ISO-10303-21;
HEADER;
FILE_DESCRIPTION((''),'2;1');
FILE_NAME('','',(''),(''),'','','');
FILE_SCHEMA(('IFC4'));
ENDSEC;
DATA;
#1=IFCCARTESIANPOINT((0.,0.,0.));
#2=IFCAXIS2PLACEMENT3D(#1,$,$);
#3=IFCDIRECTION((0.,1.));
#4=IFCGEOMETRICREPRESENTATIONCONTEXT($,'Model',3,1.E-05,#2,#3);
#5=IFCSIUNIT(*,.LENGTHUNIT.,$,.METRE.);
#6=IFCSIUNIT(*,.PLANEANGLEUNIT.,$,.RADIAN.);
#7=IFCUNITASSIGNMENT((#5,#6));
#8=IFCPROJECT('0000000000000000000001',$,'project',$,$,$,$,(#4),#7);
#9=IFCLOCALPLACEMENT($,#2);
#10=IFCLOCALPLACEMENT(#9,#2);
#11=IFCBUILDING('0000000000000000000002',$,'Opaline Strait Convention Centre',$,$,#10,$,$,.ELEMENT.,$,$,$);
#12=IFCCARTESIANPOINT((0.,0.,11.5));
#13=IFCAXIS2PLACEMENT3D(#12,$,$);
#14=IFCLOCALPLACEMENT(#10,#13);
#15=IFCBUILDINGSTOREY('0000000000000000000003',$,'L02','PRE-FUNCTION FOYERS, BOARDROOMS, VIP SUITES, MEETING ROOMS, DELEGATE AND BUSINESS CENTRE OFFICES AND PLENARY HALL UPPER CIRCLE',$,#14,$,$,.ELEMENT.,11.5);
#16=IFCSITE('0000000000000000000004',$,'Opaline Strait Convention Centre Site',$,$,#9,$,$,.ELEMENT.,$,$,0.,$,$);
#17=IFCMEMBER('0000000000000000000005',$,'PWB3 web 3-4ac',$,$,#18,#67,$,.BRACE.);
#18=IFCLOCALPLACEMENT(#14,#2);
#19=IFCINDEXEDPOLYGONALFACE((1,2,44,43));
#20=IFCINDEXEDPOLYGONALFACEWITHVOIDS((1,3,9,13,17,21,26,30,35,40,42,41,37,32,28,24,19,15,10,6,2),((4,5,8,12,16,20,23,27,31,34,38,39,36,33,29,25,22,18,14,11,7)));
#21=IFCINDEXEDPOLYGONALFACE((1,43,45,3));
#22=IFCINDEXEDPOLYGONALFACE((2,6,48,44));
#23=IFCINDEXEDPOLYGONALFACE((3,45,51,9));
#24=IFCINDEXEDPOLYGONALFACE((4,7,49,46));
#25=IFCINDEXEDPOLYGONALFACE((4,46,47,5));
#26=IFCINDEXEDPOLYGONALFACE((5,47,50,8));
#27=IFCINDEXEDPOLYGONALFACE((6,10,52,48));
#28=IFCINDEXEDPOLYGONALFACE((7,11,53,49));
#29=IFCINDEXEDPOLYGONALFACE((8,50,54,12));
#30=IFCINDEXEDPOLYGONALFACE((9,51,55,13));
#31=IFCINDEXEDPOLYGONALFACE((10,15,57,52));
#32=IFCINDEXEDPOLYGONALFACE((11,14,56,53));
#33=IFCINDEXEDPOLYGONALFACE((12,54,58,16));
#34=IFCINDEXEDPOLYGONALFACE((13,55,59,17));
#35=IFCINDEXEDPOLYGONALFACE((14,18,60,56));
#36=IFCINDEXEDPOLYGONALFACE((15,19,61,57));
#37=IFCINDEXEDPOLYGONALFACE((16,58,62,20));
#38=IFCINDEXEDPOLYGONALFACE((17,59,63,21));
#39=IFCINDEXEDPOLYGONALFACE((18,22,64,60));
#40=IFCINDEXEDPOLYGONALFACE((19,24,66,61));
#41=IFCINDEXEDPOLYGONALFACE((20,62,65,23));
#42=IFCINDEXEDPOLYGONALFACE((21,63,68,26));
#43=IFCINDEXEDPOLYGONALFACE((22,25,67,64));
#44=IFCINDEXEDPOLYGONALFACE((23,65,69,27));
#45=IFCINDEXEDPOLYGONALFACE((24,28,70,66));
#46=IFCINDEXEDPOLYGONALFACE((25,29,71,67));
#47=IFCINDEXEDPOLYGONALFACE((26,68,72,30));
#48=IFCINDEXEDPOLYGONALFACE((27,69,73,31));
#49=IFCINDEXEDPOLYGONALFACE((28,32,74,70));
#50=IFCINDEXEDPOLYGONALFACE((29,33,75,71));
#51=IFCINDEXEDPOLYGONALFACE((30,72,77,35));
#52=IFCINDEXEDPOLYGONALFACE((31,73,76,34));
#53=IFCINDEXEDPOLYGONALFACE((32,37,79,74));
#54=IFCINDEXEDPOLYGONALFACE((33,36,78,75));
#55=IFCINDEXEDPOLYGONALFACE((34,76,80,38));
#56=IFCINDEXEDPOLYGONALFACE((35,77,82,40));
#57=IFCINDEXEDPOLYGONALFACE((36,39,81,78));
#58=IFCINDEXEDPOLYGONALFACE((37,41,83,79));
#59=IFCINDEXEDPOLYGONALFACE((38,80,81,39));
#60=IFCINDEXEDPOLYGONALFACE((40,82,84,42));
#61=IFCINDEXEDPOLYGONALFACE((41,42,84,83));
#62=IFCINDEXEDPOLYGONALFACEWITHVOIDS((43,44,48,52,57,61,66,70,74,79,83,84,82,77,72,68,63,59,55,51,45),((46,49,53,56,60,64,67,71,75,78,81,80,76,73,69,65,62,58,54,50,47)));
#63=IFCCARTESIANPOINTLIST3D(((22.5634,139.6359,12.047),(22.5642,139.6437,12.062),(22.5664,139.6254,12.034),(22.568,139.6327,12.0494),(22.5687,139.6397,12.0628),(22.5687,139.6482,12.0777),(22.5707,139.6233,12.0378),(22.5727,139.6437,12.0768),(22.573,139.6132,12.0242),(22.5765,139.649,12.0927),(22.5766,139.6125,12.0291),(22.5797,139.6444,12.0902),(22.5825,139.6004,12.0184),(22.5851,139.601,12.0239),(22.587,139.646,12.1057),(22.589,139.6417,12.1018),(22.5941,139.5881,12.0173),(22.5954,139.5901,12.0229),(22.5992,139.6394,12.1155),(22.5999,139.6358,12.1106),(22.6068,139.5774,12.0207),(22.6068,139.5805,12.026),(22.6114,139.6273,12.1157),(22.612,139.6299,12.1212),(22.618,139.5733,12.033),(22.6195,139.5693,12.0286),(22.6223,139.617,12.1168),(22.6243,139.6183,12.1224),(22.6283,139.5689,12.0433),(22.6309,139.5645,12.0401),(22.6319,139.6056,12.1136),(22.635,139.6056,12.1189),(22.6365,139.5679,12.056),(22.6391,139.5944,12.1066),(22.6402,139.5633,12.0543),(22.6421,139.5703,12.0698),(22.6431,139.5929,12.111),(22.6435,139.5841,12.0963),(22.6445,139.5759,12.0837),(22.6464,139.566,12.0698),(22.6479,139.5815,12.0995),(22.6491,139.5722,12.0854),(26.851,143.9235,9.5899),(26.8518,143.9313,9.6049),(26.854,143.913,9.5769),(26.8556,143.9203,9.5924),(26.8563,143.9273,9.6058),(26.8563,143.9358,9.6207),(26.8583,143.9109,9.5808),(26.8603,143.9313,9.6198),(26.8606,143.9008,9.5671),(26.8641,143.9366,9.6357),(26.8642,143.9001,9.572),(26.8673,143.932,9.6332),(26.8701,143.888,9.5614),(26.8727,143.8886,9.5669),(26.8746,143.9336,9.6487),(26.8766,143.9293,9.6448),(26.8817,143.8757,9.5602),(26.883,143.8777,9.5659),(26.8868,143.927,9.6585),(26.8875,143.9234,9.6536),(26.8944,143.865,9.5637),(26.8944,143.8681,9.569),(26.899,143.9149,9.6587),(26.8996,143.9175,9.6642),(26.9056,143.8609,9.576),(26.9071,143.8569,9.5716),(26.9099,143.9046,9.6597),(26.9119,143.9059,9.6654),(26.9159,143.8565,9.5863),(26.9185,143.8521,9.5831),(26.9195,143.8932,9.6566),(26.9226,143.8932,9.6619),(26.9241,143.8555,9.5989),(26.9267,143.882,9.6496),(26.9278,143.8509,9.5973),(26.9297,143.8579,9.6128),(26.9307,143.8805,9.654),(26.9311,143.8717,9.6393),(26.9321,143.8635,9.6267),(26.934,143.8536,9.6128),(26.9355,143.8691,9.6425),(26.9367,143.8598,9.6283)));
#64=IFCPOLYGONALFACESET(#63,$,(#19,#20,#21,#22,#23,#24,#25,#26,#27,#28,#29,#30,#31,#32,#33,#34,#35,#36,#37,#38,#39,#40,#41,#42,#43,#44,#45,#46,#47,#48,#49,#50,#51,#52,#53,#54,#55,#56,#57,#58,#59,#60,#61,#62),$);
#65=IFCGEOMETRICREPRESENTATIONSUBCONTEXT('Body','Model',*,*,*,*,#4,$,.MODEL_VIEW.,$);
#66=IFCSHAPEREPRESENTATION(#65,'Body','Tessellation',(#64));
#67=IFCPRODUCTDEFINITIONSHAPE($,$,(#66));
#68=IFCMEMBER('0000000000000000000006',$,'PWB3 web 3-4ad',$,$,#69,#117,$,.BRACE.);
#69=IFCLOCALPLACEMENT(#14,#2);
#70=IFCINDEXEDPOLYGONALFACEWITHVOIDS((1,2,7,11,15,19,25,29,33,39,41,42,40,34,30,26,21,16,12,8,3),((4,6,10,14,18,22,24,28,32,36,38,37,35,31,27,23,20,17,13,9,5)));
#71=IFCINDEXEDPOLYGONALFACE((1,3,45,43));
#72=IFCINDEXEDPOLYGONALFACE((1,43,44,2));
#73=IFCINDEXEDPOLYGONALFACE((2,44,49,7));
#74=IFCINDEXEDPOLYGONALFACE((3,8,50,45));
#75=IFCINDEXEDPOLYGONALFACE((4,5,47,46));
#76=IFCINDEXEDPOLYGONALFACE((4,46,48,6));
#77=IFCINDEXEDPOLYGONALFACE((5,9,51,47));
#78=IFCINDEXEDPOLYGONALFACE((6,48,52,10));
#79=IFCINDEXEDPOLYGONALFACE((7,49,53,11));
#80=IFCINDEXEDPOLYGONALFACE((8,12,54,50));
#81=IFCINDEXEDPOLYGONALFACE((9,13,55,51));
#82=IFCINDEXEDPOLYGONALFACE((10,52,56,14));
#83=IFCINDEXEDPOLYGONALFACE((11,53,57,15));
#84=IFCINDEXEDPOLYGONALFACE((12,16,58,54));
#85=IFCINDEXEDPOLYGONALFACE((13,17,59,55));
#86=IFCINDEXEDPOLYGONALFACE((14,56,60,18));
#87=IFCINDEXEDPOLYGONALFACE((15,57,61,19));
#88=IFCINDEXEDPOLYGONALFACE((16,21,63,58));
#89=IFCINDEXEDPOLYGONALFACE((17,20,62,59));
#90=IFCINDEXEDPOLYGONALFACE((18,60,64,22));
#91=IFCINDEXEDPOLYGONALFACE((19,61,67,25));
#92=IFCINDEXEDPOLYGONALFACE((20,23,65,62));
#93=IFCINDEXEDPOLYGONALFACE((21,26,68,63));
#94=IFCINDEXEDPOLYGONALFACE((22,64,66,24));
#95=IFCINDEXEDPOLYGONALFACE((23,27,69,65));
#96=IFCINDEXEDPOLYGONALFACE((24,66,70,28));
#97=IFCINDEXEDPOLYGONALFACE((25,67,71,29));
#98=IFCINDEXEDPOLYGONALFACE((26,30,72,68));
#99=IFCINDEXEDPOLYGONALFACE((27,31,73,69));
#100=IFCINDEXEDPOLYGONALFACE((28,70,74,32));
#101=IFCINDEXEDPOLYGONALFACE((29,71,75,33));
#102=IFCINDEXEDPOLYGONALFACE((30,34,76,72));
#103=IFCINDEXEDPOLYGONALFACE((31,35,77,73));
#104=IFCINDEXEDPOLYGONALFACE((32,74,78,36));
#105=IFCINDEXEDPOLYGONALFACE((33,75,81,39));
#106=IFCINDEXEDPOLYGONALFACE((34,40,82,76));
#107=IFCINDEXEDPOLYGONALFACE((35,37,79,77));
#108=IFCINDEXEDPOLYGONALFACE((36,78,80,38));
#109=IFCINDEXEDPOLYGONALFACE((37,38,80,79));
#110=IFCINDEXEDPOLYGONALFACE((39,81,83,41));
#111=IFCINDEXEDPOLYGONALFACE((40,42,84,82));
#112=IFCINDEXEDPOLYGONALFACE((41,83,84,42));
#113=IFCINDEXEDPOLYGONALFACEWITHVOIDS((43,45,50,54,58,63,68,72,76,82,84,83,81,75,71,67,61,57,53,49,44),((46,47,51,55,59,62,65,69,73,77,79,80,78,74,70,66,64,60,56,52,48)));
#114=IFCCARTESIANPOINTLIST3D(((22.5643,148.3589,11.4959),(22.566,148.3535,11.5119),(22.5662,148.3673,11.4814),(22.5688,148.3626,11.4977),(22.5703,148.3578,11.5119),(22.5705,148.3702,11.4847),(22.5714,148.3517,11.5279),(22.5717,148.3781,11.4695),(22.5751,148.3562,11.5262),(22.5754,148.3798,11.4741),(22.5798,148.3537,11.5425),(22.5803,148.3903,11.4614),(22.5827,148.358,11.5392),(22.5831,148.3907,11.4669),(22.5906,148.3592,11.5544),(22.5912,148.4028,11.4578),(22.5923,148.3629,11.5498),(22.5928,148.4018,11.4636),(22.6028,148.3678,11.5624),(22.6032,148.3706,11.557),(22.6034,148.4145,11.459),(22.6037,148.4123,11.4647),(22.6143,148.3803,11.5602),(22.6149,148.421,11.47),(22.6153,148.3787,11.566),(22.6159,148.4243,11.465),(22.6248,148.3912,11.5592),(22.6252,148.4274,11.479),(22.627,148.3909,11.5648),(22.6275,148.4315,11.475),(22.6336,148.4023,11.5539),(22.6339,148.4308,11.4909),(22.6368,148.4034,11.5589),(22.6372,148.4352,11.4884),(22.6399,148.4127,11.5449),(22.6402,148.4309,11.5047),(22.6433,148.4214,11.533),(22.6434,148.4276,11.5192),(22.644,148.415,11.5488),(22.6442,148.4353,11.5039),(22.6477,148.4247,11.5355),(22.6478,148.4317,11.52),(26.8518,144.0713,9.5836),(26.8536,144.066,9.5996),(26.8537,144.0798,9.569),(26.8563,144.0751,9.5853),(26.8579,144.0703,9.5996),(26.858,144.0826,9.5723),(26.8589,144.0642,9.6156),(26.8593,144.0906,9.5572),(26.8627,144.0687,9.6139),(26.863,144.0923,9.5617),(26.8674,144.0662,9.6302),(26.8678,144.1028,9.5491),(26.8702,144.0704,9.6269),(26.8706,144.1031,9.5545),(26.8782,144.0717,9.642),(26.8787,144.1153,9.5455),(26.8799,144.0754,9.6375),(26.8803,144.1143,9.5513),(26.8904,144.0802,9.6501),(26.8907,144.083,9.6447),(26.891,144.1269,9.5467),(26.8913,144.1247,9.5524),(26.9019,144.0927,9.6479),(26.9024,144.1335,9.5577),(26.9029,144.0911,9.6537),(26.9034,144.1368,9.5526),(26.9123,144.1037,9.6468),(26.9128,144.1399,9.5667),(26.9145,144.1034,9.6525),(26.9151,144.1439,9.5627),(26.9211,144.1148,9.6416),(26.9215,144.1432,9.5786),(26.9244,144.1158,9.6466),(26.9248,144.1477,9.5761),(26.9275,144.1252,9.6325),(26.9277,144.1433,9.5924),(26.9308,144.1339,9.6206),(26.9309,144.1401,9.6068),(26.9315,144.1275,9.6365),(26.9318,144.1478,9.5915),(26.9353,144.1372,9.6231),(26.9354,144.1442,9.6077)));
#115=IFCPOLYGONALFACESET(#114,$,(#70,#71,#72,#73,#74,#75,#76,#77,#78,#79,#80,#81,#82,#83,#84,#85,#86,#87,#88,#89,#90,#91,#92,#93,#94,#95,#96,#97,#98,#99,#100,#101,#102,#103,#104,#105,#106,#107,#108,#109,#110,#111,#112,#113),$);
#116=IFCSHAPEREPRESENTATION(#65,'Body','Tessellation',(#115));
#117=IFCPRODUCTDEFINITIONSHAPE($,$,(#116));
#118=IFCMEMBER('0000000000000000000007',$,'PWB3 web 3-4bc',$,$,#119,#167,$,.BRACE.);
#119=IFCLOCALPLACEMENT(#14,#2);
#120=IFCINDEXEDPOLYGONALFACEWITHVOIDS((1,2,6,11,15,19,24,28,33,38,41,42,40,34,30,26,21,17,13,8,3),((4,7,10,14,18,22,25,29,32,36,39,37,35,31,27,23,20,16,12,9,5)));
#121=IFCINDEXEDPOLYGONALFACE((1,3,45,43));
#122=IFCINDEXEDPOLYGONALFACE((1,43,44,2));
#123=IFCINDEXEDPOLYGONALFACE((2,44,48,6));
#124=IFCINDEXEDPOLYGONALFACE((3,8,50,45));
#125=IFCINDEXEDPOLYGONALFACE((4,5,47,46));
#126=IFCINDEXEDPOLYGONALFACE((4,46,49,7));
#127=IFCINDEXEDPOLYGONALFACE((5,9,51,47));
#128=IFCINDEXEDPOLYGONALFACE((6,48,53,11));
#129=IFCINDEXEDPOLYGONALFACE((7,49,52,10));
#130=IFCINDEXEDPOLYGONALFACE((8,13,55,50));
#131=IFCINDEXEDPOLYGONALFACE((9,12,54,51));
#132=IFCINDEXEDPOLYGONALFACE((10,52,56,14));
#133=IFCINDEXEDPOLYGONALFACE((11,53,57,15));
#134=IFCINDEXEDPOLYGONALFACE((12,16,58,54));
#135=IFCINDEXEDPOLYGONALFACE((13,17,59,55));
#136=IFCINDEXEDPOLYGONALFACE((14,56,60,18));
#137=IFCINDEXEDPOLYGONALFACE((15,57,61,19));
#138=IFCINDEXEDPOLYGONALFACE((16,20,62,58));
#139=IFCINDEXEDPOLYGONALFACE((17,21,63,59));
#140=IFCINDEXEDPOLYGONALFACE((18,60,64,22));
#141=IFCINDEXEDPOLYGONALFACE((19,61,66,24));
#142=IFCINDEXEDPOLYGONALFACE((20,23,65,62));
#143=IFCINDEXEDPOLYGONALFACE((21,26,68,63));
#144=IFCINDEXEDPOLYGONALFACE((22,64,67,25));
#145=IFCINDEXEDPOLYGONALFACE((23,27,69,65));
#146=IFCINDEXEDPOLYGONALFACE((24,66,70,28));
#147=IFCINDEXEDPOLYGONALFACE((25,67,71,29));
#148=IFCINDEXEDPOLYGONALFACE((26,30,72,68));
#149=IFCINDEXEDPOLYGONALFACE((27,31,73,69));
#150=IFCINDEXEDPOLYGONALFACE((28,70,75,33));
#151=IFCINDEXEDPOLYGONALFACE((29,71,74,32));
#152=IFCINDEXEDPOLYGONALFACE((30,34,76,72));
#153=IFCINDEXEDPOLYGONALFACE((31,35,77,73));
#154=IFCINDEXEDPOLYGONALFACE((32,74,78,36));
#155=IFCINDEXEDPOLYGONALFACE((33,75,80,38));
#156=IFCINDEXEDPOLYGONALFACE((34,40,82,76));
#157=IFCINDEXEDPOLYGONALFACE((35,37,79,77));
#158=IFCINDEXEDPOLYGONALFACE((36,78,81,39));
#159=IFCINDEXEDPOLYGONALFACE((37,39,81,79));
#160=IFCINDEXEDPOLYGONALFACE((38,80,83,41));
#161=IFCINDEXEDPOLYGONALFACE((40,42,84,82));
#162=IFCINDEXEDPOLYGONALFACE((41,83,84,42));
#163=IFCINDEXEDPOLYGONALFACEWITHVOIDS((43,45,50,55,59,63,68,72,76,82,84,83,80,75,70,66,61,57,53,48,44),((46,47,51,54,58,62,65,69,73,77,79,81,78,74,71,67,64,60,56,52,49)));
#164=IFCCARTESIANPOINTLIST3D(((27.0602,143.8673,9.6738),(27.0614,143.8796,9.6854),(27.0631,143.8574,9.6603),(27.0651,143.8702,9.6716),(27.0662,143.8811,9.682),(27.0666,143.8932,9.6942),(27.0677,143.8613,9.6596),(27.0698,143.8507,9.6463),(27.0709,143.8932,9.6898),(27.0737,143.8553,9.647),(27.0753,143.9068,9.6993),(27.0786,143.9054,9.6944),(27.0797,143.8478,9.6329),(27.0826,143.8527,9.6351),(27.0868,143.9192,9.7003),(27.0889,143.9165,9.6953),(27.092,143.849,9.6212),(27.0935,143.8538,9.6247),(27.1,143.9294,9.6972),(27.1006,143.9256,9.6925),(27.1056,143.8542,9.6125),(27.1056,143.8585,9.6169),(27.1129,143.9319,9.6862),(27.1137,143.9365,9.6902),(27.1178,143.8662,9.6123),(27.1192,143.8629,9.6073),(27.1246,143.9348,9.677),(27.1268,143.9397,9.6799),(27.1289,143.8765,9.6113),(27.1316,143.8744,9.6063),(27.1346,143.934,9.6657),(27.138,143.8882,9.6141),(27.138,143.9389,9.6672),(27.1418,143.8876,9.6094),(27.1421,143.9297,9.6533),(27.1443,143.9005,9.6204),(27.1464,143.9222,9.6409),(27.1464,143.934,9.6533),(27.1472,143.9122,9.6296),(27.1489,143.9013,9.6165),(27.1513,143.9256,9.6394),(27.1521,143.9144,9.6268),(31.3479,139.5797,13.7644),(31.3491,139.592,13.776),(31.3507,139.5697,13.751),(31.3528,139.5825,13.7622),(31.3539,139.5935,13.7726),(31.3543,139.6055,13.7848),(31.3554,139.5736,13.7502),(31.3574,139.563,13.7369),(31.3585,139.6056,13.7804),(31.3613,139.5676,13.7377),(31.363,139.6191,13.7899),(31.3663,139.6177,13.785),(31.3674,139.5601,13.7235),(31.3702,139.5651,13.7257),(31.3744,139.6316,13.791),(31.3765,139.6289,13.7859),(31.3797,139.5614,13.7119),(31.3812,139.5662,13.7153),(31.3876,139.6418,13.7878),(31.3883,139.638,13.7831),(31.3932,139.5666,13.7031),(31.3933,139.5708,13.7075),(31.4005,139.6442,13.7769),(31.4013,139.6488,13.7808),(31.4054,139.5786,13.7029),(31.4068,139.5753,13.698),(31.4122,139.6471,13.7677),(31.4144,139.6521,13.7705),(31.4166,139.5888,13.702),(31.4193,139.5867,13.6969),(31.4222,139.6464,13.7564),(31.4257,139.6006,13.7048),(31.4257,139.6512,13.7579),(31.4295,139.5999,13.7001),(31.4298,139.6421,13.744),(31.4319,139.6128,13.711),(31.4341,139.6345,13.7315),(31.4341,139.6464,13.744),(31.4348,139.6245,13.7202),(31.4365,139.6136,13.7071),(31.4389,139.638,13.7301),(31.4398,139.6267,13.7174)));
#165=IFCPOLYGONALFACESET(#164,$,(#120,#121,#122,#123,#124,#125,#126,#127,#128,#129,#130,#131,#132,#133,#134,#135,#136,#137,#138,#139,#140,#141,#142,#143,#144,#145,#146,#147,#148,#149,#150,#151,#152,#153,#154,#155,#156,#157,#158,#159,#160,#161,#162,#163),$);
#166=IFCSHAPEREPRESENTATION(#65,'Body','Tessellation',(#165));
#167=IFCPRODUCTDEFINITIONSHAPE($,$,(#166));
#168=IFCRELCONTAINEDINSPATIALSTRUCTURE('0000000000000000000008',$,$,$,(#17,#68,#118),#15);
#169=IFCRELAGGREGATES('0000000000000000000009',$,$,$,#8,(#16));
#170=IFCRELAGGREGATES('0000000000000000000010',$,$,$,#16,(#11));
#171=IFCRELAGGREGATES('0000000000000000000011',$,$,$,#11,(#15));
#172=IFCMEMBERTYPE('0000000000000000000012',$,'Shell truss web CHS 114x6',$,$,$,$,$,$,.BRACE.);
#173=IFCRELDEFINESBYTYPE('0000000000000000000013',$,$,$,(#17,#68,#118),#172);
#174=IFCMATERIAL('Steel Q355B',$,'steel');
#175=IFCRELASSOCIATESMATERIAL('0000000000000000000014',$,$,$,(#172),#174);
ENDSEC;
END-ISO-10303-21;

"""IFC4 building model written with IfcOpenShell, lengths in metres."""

from ifc_helpers import new_model, si_unit, direction, frame, origin, origin_2d, place, context, subcontext, project, spatial, hollow_circle, extrude, material, material_profile, profile_set, type_object, element, save


model = new_model("IFC4")

# Units and contexts
model_context = context("Model", 3, precision=1e-05, world=origin(), true_north=direction((0.0, 1.0)))
body_context = subcontext(model_context, "Body", "Model", "MODEL_VIEW")
ifc_project = project(units=[si_unit("LENGTHUNIT", "METRE"), si_unit("PLANEANGLEUNIT", "RADIAN")], contexts=[model_context])

# Site, building, storey
site_placement = place(None, origin())
site = spatial("IfcSite", under=ifc_project, at=site_placement, Name="Opaline Strait Convention Centre Site", CompositionType="ELEMENT", RefElevation=0.0)
building_placement = place(site_placement, origin())
building = spatial("IfcBuilding", under=site, at=building_placement, Name="Opaline Strait Convention Centre", CompositionType="ELEMENT")
storey_placement = place(building_placement, frame((0.0, 0.0, 11.5)))
storey = spatial("IfcBuildingStorey", under=building, at=storey_placement, Name="L02", Description="PRE-FUNCTION FOYERS, BOARDROOMS, VIP SUITES, MEETING ROOMS, DELEGATE AND BUSINESS CENTRE OFFICES AND PLENARY HALL UPPER CIRCLE", CompositionType="ELEMENT", Elevation=11.5)

# Members
ifc_material_1 = material(Name="Steel Q355B", Category="steel")
ifc_material_profile_1 = material_profile(ifc_material_1, hollow_circle(Radius=0.0569, WallThickness=0.0061, at=origin_2d()), Name="CHS 114x6")
ifc_profile_set_1 = profile_set([ifc_material_profile_1], Name="Steel Q355B")
member_type_1 = type_object("IfcMemberType", Name="Shell truss web CHS 114x6", PredefinedType="BRACE", material=ifc_profile_set_1)
member_1_placement = place(storey_placement, frame((26.8938, 143.8938, 9.6128), z_axis=(-0.655348, -0.655348, 0.375551), x_axis=(0.707107, -0.707107, 0.0)))
element("IfcMember", 1, at=member_1_placement, inside=storey, type_object=member_type_1, Name="PWB3 web 3-4ac", PredefinedType="BRACE", context=body_context, shape_type="SweptSolid", body=[
    extrude(hollow_circle(Radius=0.0569, WallThickness=0.0061, at=origin_2d()), origin(), (0.0, 0.0, 1.0), 6.5425),
])
member_2_placement = place(storey_placement, frame((26.8938, 144.1062, 9.5996), z_axis=(-0.674363, 0.674363, 0.300779), x_axis=(-0.707107, -0.707107, 0.0)))
element("IfcMember", 2, at=member_2_placement, inside=storey, type_object=member_type_1, Name="PWB3 web 3-4ad", PredefinedType="BRACE", context=body_context, shape_type="SweptSolid", body=[
    extrude(hollow_circle(Radius=0.0569, WallThickness=0.0061, at=origin_2d()), origin(), (0.0, 0.0, 1.0), 6.3579),
])
member_3_placement = place(storey_placement, frame((27.1062, 143.8938, 9.6533), z_axis=(0.586189, -0.586189, 0.559253), x_axis=(0.707107, 0.707107, 0.0)))
element("IfcMember", 3, at=member_3_placement, inside=storey, type_object=member_type_1, Name="PWB3 web 3-4bc", PredefinedType="BRACE", context=body_context, shape_type="SweptSolid", body=[
    extrude(hollow_circle(Radius=0.0569, WallThickness=0.0061, at=origin_2d()), origin(), (0.0, 0.0, 1.0), 7.3145),
])

save(model, "model.ifc")
